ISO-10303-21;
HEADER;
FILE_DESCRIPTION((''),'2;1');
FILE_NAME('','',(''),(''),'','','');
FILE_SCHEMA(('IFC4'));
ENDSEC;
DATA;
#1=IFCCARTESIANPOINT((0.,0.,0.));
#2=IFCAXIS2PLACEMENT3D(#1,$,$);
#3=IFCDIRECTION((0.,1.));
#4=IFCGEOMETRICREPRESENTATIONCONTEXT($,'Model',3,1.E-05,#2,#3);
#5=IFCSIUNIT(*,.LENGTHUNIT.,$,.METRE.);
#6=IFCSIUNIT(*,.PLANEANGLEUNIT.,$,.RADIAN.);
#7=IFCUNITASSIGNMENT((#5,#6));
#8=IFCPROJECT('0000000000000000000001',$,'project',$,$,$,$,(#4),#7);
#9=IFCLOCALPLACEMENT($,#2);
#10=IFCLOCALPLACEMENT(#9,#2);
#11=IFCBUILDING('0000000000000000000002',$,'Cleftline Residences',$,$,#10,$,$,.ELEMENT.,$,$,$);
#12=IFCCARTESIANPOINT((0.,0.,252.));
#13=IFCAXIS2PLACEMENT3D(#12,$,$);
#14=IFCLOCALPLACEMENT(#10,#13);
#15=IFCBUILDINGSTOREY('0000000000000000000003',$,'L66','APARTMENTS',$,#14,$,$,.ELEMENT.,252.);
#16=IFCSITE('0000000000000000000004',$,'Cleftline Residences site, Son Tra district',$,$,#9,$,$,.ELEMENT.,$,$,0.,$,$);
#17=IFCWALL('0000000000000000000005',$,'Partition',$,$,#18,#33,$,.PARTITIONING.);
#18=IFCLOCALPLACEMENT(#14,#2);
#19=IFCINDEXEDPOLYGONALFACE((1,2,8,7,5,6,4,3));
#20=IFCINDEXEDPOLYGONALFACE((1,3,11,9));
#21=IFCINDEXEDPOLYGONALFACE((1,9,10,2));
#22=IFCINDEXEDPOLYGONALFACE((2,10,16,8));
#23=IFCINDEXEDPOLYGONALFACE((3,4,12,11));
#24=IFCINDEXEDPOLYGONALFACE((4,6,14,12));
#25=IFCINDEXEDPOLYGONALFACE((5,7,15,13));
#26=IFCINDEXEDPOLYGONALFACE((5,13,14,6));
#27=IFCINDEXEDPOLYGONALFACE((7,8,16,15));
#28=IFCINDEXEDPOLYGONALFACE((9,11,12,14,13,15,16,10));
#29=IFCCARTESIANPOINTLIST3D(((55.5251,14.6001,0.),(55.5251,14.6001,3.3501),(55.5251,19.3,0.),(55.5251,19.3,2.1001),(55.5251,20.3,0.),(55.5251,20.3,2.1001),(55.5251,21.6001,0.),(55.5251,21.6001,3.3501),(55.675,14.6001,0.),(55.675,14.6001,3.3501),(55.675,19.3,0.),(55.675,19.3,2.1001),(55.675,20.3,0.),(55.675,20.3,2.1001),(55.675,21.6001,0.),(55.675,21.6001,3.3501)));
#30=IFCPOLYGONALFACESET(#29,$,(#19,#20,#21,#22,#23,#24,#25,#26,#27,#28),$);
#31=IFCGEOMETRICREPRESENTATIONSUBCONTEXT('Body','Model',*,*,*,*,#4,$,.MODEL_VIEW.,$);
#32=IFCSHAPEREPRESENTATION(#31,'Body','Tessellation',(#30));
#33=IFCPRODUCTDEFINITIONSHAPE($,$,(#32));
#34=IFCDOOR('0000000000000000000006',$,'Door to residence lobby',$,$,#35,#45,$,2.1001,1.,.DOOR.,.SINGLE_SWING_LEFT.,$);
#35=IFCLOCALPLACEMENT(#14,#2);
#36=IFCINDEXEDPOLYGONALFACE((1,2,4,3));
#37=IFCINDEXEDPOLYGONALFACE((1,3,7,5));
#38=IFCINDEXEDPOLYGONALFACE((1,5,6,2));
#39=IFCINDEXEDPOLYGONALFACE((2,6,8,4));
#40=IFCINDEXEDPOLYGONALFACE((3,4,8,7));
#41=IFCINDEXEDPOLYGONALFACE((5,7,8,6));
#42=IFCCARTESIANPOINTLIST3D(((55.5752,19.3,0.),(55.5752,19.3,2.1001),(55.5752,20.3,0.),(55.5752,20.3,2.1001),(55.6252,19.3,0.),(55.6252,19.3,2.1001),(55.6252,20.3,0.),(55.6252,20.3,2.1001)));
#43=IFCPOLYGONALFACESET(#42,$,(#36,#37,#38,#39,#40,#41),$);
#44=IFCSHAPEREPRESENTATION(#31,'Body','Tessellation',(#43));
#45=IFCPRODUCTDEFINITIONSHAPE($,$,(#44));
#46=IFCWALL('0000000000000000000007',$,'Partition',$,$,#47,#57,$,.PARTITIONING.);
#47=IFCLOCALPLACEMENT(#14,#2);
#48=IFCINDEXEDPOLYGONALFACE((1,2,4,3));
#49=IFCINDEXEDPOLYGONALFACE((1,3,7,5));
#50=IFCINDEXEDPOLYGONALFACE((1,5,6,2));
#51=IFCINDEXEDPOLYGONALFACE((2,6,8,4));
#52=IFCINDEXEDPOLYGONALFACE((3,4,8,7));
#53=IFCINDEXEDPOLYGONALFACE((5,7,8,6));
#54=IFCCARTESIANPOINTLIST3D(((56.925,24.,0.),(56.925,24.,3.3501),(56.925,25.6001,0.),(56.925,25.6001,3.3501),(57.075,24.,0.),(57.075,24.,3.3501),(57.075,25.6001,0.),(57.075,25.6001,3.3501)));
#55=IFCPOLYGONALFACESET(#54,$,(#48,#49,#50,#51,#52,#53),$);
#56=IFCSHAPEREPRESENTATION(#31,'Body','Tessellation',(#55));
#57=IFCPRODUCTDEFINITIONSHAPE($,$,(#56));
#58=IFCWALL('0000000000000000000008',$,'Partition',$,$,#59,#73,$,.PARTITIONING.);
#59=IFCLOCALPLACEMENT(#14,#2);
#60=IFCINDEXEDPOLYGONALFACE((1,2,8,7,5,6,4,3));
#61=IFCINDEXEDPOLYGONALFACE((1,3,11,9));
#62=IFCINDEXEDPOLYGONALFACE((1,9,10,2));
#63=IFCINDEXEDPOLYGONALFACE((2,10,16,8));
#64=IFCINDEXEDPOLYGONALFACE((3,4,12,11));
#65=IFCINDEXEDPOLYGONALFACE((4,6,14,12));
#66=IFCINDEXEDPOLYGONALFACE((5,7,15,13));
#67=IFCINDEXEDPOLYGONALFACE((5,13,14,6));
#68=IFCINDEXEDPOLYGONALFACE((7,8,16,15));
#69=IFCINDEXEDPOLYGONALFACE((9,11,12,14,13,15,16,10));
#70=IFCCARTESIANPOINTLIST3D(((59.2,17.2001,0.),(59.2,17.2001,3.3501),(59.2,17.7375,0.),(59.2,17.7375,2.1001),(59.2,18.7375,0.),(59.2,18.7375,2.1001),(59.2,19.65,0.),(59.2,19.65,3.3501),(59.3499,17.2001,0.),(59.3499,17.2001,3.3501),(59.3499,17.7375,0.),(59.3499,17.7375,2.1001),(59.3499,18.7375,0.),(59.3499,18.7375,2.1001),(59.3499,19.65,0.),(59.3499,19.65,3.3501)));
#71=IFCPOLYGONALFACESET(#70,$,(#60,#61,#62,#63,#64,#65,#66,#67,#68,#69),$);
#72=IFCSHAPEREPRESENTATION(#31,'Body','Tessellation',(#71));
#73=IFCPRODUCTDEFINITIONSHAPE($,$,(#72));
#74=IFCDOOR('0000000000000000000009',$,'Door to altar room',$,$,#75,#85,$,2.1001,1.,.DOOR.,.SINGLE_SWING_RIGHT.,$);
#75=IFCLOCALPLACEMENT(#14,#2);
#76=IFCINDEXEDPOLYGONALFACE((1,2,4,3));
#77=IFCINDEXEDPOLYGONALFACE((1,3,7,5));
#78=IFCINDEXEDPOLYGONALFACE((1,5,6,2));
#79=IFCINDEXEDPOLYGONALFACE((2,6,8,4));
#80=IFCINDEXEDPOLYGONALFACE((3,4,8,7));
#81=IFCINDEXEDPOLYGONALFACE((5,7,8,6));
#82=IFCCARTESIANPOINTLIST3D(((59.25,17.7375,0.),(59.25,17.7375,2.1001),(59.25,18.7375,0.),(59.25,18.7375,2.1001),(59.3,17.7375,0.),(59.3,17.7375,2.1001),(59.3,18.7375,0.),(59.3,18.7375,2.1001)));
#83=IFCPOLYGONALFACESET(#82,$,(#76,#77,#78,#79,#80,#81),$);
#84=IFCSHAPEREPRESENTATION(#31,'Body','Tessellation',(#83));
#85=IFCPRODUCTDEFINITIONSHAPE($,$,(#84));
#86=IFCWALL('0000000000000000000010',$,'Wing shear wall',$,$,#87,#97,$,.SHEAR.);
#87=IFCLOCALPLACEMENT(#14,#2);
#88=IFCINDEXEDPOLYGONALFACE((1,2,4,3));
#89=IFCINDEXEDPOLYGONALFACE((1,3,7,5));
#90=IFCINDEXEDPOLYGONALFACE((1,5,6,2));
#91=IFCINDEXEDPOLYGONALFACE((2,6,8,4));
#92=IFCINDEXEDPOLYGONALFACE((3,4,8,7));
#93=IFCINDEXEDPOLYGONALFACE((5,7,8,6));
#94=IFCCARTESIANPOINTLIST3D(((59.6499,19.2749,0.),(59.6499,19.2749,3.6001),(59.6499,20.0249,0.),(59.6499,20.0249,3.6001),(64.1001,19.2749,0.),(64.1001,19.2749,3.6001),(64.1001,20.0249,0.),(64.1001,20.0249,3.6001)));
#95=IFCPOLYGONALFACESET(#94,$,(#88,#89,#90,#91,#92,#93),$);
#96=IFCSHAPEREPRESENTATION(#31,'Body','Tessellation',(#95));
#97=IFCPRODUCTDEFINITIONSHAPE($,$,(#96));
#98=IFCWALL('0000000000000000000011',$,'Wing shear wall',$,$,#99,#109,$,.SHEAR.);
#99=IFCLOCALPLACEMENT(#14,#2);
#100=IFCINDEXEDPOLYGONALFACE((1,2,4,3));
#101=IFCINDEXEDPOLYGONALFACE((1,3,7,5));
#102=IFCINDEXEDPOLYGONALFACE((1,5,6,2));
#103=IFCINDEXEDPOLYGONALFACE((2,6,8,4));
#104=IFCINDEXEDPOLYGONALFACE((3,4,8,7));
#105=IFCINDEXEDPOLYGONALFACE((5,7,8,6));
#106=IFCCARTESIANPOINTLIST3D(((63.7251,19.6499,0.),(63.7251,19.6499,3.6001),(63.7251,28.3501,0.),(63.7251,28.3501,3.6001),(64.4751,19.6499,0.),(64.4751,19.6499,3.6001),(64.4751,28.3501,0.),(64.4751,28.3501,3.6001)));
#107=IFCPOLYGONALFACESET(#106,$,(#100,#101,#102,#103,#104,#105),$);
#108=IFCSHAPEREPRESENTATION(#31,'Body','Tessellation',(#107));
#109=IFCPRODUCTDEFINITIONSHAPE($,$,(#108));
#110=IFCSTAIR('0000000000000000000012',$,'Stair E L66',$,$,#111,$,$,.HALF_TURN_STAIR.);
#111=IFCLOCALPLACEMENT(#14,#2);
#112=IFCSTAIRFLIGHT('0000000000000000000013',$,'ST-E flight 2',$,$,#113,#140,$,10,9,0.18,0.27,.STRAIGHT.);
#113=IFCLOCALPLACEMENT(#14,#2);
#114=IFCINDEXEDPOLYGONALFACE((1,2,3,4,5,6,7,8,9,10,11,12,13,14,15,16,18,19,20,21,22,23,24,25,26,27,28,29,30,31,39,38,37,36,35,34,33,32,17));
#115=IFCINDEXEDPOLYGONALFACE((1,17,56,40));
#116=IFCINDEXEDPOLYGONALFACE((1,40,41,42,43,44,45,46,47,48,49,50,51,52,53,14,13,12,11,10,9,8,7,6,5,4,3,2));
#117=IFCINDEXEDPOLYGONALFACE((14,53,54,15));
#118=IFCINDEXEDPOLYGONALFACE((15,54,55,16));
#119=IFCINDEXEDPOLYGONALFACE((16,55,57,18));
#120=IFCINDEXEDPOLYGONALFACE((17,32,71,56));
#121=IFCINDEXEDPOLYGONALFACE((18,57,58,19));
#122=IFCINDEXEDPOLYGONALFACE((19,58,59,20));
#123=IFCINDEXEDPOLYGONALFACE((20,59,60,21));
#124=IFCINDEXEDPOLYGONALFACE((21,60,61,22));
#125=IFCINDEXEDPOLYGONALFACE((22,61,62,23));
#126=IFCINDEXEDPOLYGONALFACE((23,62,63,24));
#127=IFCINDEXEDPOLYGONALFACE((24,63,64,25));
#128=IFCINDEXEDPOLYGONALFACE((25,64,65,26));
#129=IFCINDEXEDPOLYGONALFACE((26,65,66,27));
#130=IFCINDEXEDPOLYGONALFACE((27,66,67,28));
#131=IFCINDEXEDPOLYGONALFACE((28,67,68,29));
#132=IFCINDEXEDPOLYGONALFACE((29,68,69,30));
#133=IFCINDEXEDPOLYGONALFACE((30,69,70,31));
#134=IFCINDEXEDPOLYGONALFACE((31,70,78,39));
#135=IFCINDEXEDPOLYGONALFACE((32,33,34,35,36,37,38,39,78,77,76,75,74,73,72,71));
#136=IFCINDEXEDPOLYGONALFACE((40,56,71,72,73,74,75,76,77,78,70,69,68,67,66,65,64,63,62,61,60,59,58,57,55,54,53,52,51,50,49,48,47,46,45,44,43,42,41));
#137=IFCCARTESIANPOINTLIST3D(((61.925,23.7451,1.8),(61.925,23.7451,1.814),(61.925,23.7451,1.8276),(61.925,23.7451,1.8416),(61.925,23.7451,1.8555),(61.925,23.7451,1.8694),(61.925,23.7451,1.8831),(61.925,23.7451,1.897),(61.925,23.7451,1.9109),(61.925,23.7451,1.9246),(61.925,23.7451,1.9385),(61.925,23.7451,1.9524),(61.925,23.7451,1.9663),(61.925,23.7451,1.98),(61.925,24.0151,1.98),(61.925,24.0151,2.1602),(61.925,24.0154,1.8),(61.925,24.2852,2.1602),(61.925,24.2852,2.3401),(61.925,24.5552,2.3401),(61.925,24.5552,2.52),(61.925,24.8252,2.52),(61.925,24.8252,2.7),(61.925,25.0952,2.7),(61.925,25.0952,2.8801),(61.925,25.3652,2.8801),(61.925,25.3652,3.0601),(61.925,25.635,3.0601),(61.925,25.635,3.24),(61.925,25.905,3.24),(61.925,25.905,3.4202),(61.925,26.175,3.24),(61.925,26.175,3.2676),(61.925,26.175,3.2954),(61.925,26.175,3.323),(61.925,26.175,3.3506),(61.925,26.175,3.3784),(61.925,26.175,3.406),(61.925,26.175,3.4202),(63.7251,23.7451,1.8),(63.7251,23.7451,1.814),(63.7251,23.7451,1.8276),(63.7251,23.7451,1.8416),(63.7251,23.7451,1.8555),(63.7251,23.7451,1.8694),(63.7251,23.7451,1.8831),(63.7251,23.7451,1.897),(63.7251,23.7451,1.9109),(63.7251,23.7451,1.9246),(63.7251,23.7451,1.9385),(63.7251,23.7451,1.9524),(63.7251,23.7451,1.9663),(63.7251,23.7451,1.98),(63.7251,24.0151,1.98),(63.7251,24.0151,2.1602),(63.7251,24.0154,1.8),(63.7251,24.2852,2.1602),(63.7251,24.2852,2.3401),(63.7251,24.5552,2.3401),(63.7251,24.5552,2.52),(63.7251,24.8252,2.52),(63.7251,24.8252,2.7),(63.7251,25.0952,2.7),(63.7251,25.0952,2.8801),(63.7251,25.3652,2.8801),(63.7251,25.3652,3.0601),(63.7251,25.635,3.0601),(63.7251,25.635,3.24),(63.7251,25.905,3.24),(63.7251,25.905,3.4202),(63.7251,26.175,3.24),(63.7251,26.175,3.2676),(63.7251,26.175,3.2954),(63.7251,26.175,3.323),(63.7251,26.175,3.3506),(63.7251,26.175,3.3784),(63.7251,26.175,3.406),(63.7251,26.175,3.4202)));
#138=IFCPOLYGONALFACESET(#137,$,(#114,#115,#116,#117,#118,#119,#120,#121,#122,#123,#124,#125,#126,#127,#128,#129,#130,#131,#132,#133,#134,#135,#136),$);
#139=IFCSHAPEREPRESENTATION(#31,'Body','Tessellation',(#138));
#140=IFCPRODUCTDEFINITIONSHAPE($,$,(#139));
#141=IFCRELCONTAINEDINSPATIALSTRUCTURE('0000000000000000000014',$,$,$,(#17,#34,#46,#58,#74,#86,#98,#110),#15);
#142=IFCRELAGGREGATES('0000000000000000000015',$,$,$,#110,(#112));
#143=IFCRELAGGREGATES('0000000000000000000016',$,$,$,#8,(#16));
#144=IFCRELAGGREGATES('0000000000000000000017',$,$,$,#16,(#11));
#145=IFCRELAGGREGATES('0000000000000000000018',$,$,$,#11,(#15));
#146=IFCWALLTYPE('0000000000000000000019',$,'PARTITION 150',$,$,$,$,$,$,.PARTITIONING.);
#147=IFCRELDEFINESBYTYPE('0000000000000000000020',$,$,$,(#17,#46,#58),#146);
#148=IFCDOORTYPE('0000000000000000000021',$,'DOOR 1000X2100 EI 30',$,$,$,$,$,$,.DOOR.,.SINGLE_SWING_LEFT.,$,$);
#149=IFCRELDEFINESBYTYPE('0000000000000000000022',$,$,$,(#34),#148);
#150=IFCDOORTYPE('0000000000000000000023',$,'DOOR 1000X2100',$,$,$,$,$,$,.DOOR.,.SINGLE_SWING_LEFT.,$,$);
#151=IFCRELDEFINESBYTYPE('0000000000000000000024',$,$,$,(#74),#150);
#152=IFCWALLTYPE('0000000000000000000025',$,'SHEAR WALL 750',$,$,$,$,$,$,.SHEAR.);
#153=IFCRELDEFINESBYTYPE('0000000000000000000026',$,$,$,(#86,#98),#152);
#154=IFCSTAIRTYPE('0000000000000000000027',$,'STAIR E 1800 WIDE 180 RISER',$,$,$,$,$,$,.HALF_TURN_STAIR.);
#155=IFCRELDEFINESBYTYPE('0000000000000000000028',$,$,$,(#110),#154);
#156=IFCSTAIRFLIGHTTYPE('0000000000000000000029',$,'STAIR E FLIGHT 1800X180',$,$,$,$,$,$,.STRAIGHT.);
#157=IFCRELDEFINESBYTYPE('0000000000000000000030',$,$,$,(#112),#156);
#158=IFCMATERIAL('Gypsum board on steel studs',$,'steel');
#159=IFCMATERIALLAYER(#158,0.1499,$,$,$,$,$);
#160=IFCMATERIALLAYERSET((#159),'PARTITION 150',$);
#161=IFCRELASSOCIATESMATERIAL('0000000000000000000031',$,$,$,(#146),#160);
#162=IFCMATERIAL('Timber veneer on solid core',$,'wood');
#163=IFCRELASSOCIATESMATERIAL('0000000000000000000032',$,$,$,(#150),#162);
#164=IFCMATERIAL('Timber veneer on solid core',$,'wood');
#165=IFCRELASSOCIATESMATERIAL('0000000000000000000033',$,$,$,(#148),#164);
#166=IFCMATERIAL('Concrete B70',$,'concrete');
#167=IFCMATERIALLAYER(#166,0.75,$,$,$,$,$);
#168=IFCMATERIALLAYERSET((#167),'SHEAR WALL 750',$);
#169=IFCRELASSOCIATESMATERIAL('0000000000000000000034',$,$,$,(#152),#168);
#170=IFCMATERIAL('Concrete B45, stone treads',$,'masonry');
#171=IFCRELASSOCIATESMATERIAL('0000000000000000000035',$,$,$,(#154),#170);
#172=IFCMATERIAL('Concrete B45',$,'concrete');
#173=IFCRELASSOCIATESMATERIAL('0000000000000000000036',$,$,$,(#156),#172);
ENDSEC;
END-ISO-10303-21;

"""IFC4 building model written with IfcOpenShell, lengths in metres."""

from ifc_helpers import new_model, si_unit, direction, frame, frame_2d, origin, place, context, subcontext, project, spatial, polyline, rectangle, outline, extrude, material, layer, layer_set, type_object, element, fill, aggregate, save


model = new_model("IFC4")

# Units and contexts
model_context = context("Model", 3, precision=1e-05, world=origin(), true_north=direction((0.0, 1.0)))
body_context = subcontext(model_context, "Body", "Model", "MODEL_VIEW")
ifc_project = project(units=[si_unit("LENGTHUNIT", "METRE"), si_unit("PLANEANGLEUNIT", "RADIAN")], contexts=[model_context])

# Site, building, storey
site_placement = place(None, origin())
site = spatial("IfcSite", under=ifc_project, at=site_placement, Name="Cleftline Residences site, Son Tra district", CompositionType="ELEMENT", RefElevation=0.0)
building_placement = place(site_placement, origin())
building = spatial("IfcBuilding", under=site, at=building_placement, Name="Cleftline Residences", CompositionType="ELEMENT")
storey_placement = place(building_placement, frame((0.0, 0.0, 252.0)))
storey = spatial("IfcBuildingStorey", under=building, at=storey_placement, Name="L66", Description="APARTMENTS", CompositionType="ELEMENT", Elevation=252.0)

# Shared definitions
ifc_material_1 = material(Name="Gypsum board on steel studs", Category="steel")
ifc_layer_1 = layer(ifc_material_1, 0.1499)
ifc_layer_set_1 = layer_set([ifc_layer_1], Name="PARTITION 150")
wall_type_1 = type_object("IfcWallType", Name="PARTITION 150", PredefinedType="PARTITIONING", material=ifc_layer_set_1)

# Shared definitions
ifc_material_2 = material(Name="Timber veneer on solid core", Category="wood")
door_type_1 = type_object("IfcDoorType", Name="DOOR 1000X2100", OperationType="SINGLE_SWING_LEFT", PredefinedType="DOOR", material=ifc_material_2)

# Wall, opening, door
wall_1_placement = place(storey_placement, frame((55.6001, 14.6001, 0.0), z_axis=(0.0, 0.0, 1.0), x_axis=(0.0, 1.0, 0.0)))
wall_1 = element("IfcWall", 1, at=wall_1_placement, inside=storey, type_object=wall_type_1, Name="Partition", PredefinedType="PARTITIONING", context=body_context, shape_type="SweptSolid", body=[
    extrude(rectangle(XDim=7.0, YDim=0.1499, at=frame_2d((3.5, 0.0))), origin(), (0.0, 0.0, 1.0), 3.3501),
])
opening_1_placement = place(wall_1_placement, frame((4.7, 0.0, 0.0)))
opening_1 = element("IfcOpeningElement", 2, at=opening_1_placement, cuts=wall_1, PredefinedType="OPENING", context=body_context, shape_type="SweptSolid", body=[
    extrude(rectangle(XDim=1.0, YDim=2.1001, at=frame_2d((0.5, 1.05))), frame((0.0, 0.085, 0.0), z_axis=(0.0, -1.0, 0.0), x_axis=(1.0, 0.0, 0.0)), (0.0, 0.0, 1.0), 0.1699),
])
ifc_material_3 = material(Name="Timber veneer on solid core", Category="wood")
door_type_2 = type_object("IfcDoorType", Name="DOOR 1000X2100 EI 30", OperationType="SINGLE_SWING_LEFT", PredefinedType="DOOR", material=ifc_material_3)
door_1_placement = place(opening_1_placement, origin())
door_1 = element("IfcDoor", 3, at=door_1_placement, inside=storey, type_object=door_type_2, Name="Door to residence lobby", OperationType="SINGLE_SWING_LEFT", OverallHeight=2.1001, OverallWidth=1.0, PredefinedType="DOOR", context=body_context, shape_type="SweptSolid", body=[
    extrude(rectangle(XDim=1.0, YDim=2.1001, at=frame_2d((0.5, 1.05))), frame((0.0, 0.0249, 0.0), z_axis=(0.0, -1.0, 0.0), x_axis=(1.0, 0.0, 0.0)), (0.0, 0.0, 1.0), 0.05),
])
fill(opening_1, door_1)

# Wall
wall_2_placement = place(storey_placement, frame((57.0, 24.0, 0.0), z_axis=(0.0, 0.0, 1.0), x_axis=(0.0, 1.0, 0.0)))
element("IfcWall", 4, at=wall_2_placement, inside=storey, type_object=wall_type_1, Name="Partition", PredefinedType="PARTITIONING", context=body_context, shape_type="SweptSolid", body=[
    extrude(rectangle(XDim=1.6001, YDim=0.1499, at=frame_2d((0.8, 0.0))), origin(), (0.0, 0.0, 1.0), 3.3501),
])

# Wall, opening, door
wall_3_placement = place(storey_placement, frame((59.2749, 17.2, 0.0), z_axis=(0.0, 0.0, 1.0), x_axis=(0.0, 1.0, 0.0)))
wall_3 = element("IfcWall", 5, at=wall_3_placement, inside=storey, type_object=wall_type_1, Name="Partition", PredefinedType="PARTITIONING", context=body_context, shape_type="SweptSolid", body=[
    extrude(rectangle(XDim=2.45, YDim=0.1499, at=frame_2d((1.2251, 0.0))), origin(), (0.0, 0.0, 1.0), 3.3501),
])
opening_2_placement = place(wall_3_placement, frame((0.5376, 0.0, 0.0)))
opening_2 = element("IfcOpeningElement", 6, at=opening_2_placement, cuts=wall_3, PredefinedType="OPENING", context=body_context, shape_type="SweptSolid", body=[
    extrude(rectangle(XDim=1.0, YDim=2.1001, at=frame_2d((0.5, 1.05))), frame((0.0, 0.085, 0.0), z_axis=(0.0, -1.0, 0.0), x_axis=(1.0, 0.0, 0.0)), (0.0, 0.0, 1.0), 0.1699),
])
door_2_placement = place(opening_2_placement, origin())
door_2 = element("IfcDoor", 7, at=door_2_placement, inside=storey, type_object=door_type_1, Name="Door to altar room", OperationType="SINGLE_SWING_RIGHT", OverallHeight=2.1001, OverallWidth=1.0, PredefinedType="DOOR", context=body_context, shape_type="SweptSolid", body=[
    extrude(rectangle(XDim=1.0, YDim=2.1001, at=frame_2d((0.5, 1.05))), frame((0.0, 0.0249, 0.0), z_axis=(0.0, -1.0, 0.0), x_axis=(1.0, 0.0, 0.0)), (0.0, 0.0, 1.0), 0.05),
])
fill(opening_2, door_2)

# Walls
ifc_material_4 = material(Name="Concrete B70", Category="concrete")
ifc_layer_2 = layer(ifc_material_4, 0.75)
ifc_layer_set_2 = layer_set([ifc_layer_2], Name="SHEAR WALL 750")
wall_type_2 = type_object("IfcWallType", Name="SHEAR WALL 750", PredefinedType="SHEAR", material=ifc_layer_set_2)
wall_4_placement = place(storey_placement, frame((59.6499, 19.6499, 0.0), z_axis=(0.0, 0.0, 1.0), x_axis=(1.0, 0.0, 0.0)))
element("IfcWall", 8, at=wall_4_placement, inside=storey, type_object=wall_type_2, Name="Wing shear wall", PredefinedType="SHEAR", context=body_context, shape_type="SweptSolid", body=[
    extrude(rectangle(XDim=4.4502, YDim=0.75, at=frame_2d((2.2251, 0.0))), origin(), (0.0, 0.0, 1.0), 3.6001),
])
wall_5_placement = place(storey_placement, frame((64.1001, 19.6499, 0.0), z_axis=(0.0, 0.0, 1.0), x_axis=(0.0, 1.0, 0.0)))
element("IfcWall", 9, at=wall_5_placement, inside=storey, type_object=wall_type_2, Name="Wing shear wall", PredefinedType="SHEAR", context=body_context, shape_type="SweptSolid", body=[
    extrude(rectangle(XDim=8.7002, YDim=0.75, at=frame_2d((4.3501, 0.0))), origin(), (0.0, 0.0, 1.0), 3.6001),
])

# Stair, stair flight
ifc_material_5 = material(Name="Concrete B45, stone treads", Category="masonry")
stair_type = type_object("IfcStairType", Name="STAIR E 1800 WIDE 180 RISER", PredefinedType="HALF_TURN_STAIR", material=ifc_material_5)
stair_placement = place(storey_placement, origin())
stair = element("IfcStair", 10, at=stair_placement, inside=storey, type_object=stair_type, Name="Stair E L66", PredefinedType="HALF_TURN_STAIR")
ifc_material_6 = material(Name="Concrete B45", Category="concrete")
stair_flight_type = type_object("IfcStairFlightType", Name="STAIR E FLIGHT 1800X180", PredefinedType="STRAIGHT", material=ifc_material_6)
stair_flight_placement = place(storey_placement, frame((62.825, 23.7451, 1.8), z_axis=(0.0, 0.0, 1.0), x_axis=(0.0, 1.0, 0.0)))
stair_flight = element("IfcStairFlight", 11, at=stair_flight_placement, type_object=stair_flight_type, Name="ST-E flight 2", NumberOfRisers=10, NumberOfTreads=9, PredefinedType="STRAIGHT", RiserHeight=0.18, TreadLength=0.27, context=body_context, shape_type="SweptSolid", body=[
    extrude(outline(polyline([(0.0, 0.0), (0.0, 0.0139), (0.0, 0.0276), (0.0, 0.0415), (0.0, 0.0554), (0.0, 0.0693), (0.0, 0.083), (0.0, 0.0969), (0.0, 0.1108), (0.0, 0.1245), (0.0, 0.1384), (0.0, 0.1523), (0.0, 0.1663), (0.0, 0.1799), (0.27, 0.1799), (0.27, 0.3601), (0.54, 0.3601), (0.54, 0.54), (0.8101, 0.54), (0.8101, 0.72), (1.0801, 0.72), (1.0801, 0.8999), (1.3501, 0.8999), (1.3501, 1.0801), (1.6201, 1.0801), (1.6201, 1.26), (1.8899, 1.26), (1.8899, 1.4399), (2.1599, 1.4399), (2.1599, 1.6201), (2.4299, 1.6201), (2.4299, 1.8), (2.4299, 1.7722), (2.4299, 1.7446), (2.4299, 1.7168), (2.4299, 1.6892), (2.4299, 1.6614), (2.4299, 1.6338), (2.4299, 1.606), (2.4299, 1.5784), (2.4299, 1.5505), (2.4299, 1.5229), (2.4299, 1.4954), (2.4299, 1.4675), (2.4299, 1.4399), (0.2703, 0.0), (0.0, 0.0)])), frame((0.0, 0.8999, 0.0), z_axis=(0.0, -1.0, 0.0), x_axis=(1.0, 0.0, 0.0)), (0.0, 0.0, 1.0), 1.8),
])
aggregate(stair, [stair_flight])

save(model, "model.ifc")
